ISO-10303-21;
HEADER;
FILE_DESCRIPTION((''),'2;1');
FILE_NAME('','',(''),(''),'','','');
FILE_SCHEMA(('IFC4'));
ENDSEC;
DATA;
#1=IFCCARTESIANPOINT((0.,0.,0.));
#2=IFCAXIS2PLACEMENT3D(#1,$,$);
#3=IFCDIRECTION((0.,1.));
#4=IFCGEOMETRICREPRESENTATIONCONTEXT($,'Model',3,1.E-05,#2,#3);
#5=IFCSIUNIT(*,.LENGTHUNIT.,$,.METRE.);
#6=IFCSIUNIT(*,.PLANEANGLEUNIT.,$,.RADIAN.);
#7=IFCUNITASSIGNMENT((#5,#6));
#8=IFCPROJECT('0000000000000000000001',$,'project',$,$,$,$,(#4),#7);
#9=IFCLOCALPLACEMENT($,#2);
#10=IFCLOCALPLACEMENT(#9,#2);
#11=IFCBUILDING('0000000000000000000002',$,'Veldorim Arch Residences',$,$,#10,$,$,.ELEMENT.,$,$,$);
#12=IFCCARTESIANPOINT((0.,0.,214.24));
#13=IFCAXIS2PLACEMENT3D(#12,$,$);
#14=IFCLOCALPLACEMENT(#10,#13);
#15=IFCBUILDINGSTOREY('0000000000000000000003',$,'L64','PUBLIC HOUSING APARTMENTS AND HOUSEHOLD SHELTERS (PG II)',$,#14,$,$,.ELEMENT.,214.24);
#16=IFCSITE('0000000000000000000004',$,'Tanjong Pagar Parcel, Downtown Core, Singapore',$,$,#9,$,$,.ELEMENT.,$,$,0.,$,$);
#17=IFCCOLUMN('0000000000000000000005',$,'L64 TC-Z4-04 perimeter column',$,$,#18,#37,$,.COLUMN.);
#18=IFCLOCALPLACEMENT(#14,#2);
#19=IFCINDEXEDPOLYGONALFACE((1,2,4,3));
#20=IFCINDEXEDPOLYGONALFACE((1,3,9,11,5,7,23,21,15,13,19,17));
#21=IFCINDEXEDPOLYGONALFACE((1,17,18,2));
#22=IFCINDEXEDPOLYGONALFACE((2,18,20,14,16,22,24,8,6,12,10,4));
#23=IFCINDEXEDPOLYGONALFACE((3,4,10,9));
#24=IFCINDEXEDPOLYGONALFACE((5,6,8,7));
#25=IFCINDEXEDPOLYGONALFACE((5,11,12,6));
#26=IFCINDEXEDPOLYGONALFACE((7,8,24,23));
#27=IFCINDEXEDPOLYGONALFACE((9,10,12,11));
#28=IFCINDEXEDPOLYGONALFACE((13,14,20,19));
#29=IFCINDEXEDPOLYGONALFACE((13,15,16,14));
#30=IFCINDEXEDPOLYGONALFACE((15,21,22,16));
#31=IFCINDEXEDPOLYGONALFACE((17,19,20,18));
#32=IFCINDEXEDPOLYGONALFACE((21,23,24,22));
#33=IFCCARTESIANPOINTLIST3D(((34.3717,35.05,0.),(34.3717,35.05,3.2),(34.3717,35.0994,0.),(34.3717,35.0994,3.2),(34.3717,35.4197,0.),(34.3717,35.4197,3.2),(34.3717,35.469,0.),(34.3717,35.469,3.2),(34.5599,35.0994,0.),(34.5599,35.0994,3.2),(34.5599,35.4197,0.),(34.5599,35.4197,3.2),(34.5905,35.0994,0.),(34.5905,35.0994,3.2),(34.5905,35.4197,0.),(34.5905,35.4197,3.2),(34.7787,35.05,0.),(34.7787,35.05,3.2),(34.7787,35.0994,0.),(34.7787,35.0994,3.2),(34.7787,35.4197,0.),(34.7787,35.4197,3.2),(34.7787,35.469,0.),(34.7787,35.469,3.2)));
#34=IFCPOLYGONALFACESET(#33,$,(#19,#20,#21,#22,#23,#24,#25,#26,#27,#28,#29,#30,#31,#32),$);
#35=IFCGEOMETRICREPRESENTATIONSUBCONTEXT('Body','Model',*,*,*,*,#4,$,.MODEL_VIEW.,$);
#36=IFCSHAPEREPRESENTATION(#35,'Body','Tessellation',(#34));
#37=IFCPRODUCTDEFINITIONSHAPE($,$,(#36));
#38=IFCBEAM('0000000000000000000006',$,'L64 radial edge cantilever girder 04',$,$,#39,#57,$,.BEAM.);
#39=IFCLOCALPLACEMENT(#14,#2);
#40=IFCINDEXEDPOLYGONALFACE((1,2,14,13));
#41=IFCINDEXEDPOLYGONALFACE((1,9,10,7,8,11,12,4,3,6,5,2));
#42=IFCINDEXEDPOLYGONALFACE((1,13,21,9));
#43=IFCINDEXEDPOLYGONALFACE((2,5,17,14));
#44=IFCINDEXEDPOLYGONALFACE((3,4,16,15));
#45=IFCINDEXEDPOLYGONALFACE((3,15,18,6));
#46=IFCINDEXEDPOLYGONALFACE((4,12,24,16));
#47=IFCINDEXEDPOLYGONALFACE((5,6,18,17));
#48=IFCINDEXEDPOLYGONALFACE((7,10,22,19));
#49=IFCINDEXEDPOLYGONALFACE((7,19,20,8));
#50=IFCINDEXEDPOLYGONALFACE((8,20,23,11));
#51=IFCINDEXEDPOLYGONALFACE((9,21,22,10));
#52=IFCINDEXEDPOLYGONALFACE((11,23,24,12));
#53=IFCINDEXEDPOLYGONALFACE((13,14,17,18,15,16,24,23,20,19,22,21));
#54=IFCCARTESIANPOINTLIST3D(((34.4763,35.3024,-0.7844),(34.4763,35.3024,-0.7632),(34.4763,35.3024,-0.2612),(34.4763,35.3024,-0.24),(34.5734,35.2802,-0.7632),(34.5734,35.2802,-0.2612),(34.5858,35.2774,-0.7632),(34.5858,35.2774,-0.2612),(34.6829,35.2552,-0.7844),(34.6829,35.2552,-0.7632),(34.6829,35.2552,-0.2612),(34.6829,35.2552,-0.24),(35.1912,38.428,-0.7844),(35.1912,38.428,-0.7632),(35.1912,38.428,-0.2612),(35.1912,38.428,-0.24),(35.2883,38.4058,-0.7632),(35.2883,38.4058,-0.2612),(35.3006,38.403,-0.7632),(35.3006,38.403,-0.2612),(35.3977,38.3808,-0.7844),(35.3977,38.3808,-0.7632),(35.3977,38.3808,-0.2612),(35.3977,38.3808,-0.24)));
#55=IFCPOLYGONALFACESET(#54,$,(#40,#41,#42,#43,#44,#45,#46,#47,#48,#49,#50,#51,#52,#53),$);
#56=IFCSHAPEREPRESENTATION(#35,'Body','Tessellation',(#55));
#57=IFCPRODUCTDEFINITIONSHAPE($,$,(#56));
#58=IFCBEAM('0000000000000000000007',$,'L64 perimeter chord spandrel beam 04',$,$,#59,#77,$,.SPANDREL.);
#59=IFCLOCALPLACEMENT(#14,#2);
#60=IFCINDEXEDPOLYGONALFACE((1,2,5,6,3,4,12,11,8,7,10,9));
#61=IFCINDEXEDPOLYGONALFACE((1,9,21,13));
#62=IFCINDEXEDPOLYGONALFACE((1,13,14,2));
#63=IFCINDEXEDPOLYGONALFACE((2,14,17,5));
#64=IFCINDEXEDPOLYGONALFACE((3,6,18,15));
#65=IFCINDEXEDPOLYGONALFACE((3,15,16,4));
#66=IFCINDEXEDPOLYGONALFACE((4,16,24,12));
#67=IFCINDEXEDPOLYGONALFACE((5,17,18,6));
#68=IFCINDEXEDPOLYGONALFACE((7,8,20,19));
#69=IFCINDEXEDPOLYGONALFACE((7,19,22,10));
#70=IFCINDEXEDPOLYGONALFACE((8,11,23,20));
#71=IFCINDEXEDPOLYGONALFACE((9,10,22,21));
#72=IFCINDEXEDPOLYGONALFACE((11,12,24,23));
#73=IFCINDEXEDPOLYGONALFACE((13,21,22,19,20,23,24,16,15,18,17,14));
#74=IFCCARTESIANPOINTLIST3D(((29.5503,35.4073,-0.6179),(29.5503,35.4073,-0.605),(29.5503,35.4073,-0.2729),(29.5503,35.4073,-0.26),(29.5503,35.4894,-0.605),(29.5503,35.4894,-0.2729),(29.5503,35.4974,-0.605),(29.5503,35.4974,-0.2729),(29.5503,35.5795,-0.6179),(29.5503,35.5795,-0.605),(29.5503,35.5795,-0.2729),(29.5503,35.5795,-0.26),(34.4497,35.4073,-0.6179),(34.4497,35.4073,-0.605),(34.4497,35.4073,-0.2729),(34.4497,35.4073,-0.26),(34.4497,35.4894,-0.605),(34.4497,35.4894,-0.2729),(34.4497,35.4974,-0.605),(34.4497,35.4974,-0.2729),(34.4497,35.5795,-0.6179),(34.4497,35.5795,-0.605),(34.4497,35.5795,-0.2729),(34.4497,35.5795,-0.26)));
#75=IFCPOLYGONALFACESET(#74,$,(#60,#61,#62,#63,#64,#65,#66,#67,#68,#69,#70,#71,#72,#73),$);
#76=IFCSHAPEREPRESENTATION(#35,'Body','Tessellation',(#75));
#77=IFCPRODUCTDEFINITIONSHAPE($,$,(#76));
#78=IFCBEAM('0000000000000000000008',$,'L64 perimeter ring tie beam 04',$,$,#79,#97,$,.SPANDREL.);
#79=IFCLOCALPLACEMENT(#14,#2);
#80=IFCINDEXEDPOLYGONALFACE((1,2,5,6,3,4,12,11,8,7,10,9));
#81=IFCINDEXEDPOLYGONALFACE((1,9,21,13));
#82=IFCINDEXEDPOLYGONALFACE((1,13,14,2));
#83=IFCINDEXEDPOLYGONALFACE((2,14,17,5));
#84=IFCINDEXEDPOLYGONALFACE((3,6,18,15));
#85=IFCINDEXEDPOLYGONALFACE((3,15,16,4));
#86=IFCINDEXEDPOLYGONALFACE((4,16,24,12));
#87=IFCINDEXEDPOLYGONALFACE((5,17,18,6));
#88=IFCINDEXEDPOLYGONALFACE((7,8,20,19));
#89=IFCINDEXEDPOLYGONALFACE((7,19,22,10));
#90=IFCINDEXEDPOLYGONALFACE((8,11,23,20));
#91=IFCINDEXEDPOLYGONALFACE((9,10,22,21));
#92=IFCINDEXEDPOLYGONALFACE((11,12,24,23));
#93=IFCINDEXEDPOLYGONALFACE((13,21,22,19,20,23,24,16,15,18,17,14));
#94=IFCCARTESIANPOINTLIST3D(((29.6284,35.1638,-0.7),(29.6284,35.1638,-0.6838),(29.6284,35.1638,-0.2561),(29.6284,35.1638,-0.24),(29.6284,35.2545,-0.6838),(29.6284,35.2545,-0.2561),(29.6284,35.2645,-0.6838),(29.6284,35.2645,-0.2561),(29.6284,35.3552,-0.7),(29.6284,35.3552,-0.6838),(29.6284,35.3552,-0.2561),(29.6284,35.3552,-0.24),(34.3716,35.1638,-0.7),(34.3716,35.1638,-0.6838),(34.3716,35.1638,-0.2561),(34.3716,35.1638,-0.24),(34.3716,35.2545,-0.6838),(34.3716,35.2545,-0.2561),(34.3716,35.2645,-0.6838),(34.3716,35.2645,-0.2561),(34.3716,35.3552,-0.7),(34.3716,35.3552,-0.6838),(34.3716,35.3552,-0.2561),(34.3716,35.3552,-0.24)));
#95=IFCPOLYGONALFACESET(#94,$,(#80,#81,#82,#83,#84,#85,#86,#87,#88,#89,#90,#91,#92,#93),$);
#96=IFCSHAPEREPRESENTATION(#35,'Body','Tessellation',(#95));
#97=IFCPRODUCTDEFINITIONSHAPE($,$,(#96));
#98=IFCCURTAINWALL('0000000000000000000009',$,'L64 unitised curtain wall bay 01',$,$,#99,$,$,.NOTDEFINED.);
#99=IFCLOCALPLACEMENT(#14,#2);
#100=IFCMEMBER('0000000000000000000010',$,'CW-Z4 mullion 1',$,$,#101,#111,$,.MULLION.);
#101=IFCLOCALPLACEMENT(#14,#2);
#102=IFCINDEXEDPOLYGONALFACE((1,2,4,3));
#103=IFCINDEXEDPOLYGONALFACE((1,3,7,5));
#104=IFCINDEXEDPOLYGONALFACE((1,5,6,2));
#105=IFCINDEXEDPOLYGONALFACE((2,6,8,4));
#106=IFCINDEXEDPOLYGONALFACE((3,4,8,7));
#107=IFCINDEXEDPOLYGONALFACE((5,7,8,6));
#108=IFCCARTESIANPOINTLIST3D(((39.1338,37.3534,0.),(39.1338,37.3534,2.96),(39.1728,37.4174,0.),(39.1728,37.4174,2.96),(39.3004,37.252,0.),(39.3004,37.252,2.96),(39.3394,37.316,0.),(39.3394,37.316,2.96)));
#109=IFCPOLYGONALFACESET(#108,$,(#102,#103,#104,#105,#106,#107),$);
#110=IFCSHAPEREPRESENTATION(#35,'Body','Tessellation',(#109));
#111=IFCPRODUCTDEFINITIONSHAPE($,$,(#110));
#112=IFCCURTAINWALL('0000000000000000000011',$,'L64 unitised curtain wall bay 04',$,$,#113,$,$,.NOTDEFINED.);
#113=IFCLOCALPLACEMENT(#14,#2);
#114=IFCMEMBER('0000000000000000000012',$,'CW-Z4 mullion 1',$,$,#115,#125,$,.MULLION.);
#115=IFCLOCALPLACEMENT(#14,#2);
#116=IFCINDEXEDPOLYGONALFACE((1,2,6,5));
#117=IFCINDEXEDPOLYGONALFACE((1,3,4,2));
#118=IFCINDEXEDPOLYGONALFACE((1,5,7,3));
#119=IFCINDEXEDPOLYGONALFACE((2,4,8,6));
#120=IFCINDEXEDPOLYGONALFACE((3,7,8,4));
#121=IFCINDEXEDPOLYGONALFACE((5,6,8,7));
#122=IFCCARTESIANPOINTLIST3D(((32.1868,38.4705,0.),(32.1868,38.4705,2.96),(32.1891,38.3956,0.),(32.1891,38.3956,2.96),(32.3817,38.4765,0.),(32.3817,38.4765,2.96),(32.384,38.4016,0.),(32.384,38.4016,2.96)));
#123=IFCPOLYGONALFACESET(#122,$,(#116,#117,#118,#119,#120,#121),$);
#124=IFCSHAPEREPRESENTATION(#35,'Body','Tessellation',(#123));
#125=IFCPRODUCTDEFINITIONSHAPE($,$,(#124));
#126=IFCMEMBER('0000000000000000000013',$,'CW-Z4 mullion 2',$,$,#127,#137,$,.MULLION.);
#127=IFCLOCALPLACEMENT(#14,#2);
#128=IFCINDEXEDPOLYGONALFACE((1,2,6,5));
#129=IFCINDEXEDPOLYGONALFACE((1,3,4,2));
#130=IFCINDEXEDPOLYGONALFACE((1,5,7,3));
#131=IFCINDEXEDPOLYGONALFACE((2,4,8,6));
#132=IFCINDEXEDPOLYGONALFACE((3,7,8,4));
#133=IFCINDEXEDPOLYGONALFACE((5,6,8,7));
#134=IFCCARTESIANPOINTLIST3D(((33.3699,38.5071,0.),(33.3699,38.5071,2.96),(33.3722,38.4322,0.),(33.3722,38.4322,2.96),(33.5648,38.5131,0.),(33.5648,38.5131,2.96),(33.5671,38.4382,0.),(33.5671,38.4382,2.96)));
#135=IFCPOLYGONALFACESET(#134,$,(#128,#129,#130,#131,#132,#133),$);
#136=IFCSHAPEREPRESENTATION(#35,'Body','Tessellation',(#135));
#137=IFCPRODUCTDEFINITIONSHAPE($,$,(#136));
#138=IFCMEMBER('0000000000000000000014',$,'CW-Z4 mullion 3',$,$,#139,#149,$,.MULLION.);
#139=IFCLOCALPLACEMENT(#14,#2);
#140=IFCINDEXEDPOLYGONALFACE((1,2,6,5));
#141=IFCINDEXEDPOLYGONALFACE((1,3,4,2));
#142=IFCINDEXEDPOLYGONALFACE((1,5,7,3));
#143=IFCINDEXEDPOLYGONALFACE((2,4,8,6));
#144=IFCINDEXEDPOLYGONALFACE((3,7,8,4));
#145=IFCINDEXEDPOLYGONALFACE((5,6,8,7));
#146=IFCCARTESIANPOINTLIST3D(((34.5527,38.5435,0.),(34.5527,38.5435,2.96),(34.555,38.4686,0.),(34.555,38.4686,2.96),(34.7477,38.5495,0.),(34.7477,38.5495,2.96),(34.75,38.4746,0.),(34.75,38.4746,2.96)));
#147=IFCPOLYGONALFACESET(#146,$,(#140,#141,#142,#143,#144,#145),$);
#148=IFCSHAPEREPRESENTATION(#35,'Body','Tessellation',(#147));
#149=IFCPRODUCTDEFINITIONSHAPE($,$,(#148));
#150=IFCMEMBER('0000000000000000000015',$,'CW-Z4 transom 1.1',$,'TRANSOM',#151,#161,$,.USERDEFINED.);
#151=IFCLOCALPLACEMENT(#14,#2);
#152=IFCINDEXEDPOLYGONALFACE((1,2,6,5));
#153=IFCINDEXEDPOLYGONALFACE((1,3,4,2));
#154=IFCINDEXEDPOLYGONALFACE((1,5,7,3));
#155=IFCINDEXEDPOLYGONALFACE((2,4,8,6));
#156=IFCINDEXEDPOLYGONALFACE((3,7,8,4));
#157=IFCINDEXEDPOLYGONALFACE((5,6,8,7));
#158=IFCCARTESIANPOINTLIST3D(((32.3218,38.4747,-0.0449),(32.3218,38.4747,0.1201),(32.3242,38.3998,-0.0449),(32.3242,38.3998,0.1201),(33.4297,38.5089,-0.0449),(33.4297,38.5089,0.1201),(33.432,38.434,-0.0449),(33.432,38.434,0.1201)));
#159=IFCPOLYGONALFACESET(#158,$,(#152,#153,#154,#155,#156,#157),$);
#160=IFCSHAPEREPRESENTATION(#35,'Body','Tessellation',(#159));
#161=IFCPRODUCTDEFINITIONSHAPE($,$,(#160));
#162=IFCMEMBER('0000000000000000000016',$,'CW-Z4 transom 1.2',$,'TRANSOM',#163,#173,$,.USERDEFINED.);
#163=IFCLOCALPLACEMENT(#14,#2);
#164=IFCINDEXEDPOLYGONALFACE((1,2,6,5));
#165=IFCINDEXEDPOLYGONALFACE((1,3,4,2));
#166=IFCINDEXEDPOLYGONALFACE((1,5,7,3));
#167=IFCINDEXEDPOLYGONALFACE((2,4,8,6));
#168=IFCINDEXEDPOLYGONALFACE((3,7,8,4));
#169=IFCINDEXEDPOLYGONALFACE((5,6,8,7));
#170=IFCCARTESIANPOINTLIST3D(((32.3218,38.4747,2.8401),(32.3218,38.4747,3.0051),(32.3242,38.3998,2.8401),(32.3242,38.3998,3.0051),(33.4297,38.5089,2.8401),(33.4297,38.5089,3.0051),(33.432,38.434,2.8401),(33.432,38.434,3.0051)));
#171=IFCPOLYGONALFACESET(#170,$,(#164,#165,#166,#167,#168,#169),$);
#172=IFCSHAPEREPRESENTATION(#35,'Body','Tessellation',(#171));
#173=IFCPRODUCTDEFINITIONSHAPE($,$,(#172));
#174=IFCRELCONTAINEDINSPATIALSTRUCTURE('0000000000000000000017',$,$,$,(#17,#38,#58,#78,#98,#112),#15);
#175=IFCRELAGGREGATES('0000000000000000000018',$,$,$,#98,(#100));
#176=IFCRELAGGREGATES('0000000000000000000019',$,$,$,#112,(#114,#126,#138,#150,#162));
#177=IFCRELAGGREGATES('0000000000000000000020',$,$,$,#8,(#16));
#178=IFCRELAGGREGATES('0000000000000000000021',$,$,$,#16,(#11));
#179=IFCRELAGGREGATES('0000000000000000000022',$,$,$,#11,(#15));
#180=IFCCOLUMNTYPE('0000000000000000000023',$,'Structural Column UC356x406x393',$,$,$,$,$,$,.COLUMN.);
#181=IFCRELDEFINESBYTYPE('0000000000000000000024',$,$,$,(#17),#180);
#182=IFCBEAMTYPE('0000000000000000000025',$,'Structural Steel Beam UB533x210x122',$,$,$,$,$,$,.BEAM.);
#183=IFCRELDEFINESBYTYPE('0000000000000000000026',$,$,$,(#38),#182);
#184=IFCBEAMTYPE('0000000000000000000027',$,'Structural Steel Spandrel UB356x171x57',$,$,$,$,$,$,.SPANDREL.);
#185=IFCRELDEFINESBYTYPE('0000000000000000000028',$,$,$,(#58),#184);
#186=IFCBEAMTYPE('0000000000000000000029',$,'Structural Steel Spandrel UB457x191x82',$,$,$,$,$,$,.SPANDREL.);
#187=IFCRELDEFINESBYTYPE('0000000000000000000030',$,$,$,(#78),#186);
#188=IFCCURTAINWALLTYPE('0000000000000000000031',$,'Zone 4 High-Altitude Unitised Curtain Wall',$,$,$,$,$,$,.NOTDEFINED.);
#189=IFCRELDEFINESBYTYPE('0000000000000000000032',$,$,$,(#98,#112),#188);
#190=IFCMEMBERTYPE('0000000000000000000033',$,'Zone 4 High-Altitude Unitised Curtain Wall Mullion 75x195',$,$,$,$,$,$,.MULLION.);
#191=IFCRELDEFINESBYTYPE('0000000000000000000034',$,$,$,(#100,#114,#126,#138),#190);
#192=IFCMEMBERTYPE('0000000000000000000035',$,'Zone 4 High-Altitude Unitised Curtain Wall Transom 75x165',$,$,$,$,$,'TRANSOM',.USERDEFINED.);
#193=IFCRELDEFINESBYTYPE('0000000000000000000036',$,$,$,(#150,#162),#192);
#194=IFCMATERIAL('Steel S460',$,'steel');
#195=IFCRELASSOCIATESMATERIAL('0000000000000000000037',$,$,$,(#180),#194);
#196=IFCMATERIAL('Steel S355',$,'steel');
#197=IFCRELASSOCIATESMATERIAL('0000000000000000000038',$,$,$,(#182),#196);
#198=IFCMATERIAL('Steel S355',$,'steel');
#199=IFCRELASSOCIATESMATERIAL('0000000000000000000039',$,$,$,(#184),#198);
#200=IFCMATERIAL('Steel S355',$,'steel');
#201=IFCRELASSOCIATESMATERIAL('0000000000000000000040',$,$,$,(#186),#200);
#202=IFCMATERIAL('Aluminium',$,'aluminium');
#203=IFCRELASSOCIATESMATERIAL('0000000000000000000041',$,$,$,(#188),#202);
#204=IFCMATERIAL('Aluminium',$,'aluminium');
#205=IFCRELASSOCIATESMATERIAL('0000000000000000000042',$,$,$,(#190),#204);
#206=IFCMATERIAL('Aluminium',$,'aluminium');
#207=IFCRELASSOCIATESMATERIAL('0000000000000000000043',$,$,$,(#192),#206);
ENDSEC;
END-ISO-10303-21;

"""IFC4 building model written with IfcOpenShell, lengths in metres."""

from ifc_helpers import new_model, si_unit, direction, frame, origin, origin_2d, place, context, subcontext, project, spatial, rectangle, i_section, extrude, material, material_profile, profile_set, type_object, element, aggregate, save


model = new_model("IFC4")

# Units and contexts
model_context = context("Model", 3, precision=1e-05, world=origin(), true_north=direction((0.0, 1.0)))
body_context = subcontext(model_context, "Body", "Model", "MODEL_VIEW")
ifc_project = project(units=[si_unit("LENGTHUNIT", "METRE"), si_unit("PLANEANGLEUNIT", "RADIAN")], contexts=[model_context])

# Site, building, storey
site_placement = place(None, origin())
site = spatial("IfcSite", under=ifc_project, at=site_placement, Name="Tanjong Pagar Parcel, Downtown Core, Singapore", CompositionType="ELEMENT", RefElevation=0.0)
building_placement = place(site_placement, origin())
building = spatial("IfcBuilding", under=site, at=building_placement, Name="Veldorim Arch Residences", CompositionType="ELEMENT")
storey_placement = place(building_placement, frame((0.0, 0.0, 214.24)))
storey = spatial("IfcBuildingStorey", under=building, at=storey_placement, Name="L64", Description="PUBLIC HOUSING APARTMENTS AND HOUSEHOLD SHELTERS (PG II)", CompositionType="ELEMENT", Elevation=214.24)

# Column
ifc_material_1 = material(Name="Steel S460", Category="steel")
ifc_material_profile_1 = material_profile(ifc_material_1, i_section(OverallWidth=0.407, OverallDepth=0.4189, WebThickness=0.0305, FlangeThickness=0.0493, at=origin_2d()), Name="UC356x406x393")
ifc_profile_set_1 = profile_set([ifc_material_profile_1], Name="Steel S460")
column_type = type_object("IfcColumnType", Name="Structural Column UC356x406x393", PredefinedType="COLUMN", material=ifc_profile_set_1)
column_placement = place(storey_placement, frame((34.5752, 35.2595, 0.0), z_axis=(0.0, 0.0, 1.0), x_axis=(1.0, 0.0, 0.0)))
element("IfcColumn", 1, at=column_placement, inside=storey, type_object=column_type, Name="L64 TC-Z4-04 perimeter column", PredefinedType="COLUMN", context=body_context, shape_type="SweptSolid", body=[
    extrude(i_section(OverallWidth=0.407, OverallDepth=0.4189, WebThickness=0.0305, FlangeThickness=0.0493, at=origin_2d()), origin(), (0.0, 0.0, 1.0), 3.2),
])

# Beams
ifc_material_2 = material(Name="Steel S355", Category="steel")
ifc_material_profile_2 = material_profile(ifc_material_2, i_section(OverallWidth=0.2119, OverallDepth=0.5444, WebThickness=0.0127, FlangeThickness=0.0212, at=origin_2d()), Name="UB533x210x122")
ifc_profile_set_2 = profile_set([ifc_material_profile_2], Name="Steel S355")
beam_type_1 = type_object("IfcBeamType", Name="Structural Steel Beam UB533x210x122", PredefinedType="BEAM", material=ifc_profile_set_2)
beam_1_placement = place(storey_placement, frame((34.5796, 35.2788, -0.5122), z_axis=(0.222957, 0.974828, 0.0), x_axis=(-0.974828, 0.222957, 0.0)))
element("IfcBeam", 2, at=beam_1_placement, inside=storey, type_object=beam_type_1, Name="L64 radial edge cantilever girder 04", PredefinedType="BEAM", context=body_context, shape_type="SweptSolid", body=[
    extrude(i_section(OverallWidth=0.2119, OverallDepth=0.5444, WebThickness=0.0127, FlangeThickness=0.0212, at=origin_2d()), origin(), (0.0, 0.0, 1.0), 3.2063),
])
ifc_material_3 = material(Name="Steel S355", Category="steel")
ifc_material_profile_3 = material_profile(ifc_material_3, i_section(OverallWidth=0.1721, OverallDepth=0.3579, WebThickness=0.0081, FlangeThickness=0.0129, at=origin_2d()), Name="UB356x171x57")
ifc_profile_set_3 = profile_set([ifc_material_profile_3], Name="Steel S355")
beam_type_2 = type_object("IfcBeamType", Name="Structural Steel Spandrel UB356x171x57", PredefinedType="SPANDREL", material=ifc_profile_set_3)
beam_2_placement = place(storey_placement, frame((34.4497, 35.4934, -0.439), z_axis=(-1.0, 0.0, 0.0), x_axis=(0.0, -1.0, 0.0)))
element("IfcBeam", 3, at=beam_2_placement, inside=storey, type_object=beam_type_2, Name="L64 perimeter chord spandrel beam 04", PredefinedType="SPANDREL", context=body_context, shape_type="SweptSolid", body=[
    extrude(i_section(OverallWidth=0.1721, OverallDepth=0.3579, WebThickness=0.0081, FlangeThickness=0.0129, at=origin_2d()), origin(), (0.0, 0.0, 1.0), 4.8994),
])
ifc_material_4 = material(Name="Steel S355", Category="steel")
ifc_material_profile_4 = material_profile(ifc_material_4, i_section(OverallWidth=0.1914, OverallDepth=0.46, WebThickness=0.01, FlangeThickness=0.0161, at=origin_2d()), Name="UB457x191x82")
ifc_profile_set_4 = profile_set([ifc_material_profile_4], Name="Steel S355")
beam_type_3 = type_object("IfcBeamType", Name="Structural Steel Spandrel UB457x191x82", PredefinedType="SPANDREL", material=ifc_profile_set_4)
beam_3_placement = place(storey_placement, frame((34.3716, 35.2595, -0.47), z_axis=(-1.0, 0.0, 0.0), x_axis=(0.0, -1.0, 0.0)))
element("IfcBeam", 4, at=beam_3_placement, inside=storey, type_object=beam_type_3, Name="L64 perimeter ring tie beam 04", PredefinedType="SPANDREL", context=body_context, shape_type="SweptSolid", body=[
    extrude(i_section(OverallWidth=0.1914, OverallDepth=0.46, WebThickness=0.01, FlangeThickness=0.0161, at=origin_2d()), origin(), (0.0, 0.0, 1.0), 4.7432),
])

# Curtain wall, member
ifc_material_5 = material(Name="Aluminium", Category="aluminium")
curtain_wall_type = type_object("IfcCurtainWallType", Name="Zone 4 High-Altitude Unitised Curtain Wall", PredefinedType="NOTDEFINED", material=ifc_material_5)
curtain_wall_1_placement = place(storey_placement, origin())
curtain_wall_1 = element("IfcCurtainWall", 5, at=curtain_wall_1_placement, inside=storey, type_object=curtain_wall_type, Name="L64 unitised curtain wall bay 01", PredefinedType="NOTDEFINED")
ifc_material_6 = material(Name="Aluminium", Category="aluminium")
ifc_material_profile_5 = material_profile(ifc_material_6, rectangle(XDim=0.075, YDim=0.1951, at=origin_2d()), Name="ALU_MUL_75x195")
ifc_profile_set_5 = profile_set([ifc_material_profile_5], Name="Aluminium")
member_type_1 = type_object("IfcMemberType", Name="Zone 4 High-Altitude Unitised Curtain Wall Mullion 75x195", PredefinedType="MULLION", material=ifc_profile_set_5)
member_1_placement = place(storey_placement, frame((39.2366, 37.3347, 0.0), z_axis=(0.0, 0.0, 1.0), x_axis=(0.520033, 0.854146, 0.0)))
member_1 = element("IfcMember", 6, at=member_1_placement, type_object=member_type_1, Name="CW-Z4 mullion 1", PredefinedType="MULLION", context=body_context, shape_type="SweptSolid", body=[
    extrude(rectangle(XDim=0.075, YDim=0.1951, at=origin_2d()), origin(), (0.0, 0.0, 1.0), 2.96),
])
aggregate(curtain_wall_1, [member_1])

# Curtain wall, members
curtain_wall_2_placement = place(storey_placement, origin())
curtain_wall_2 = element("IfcCurtainWall", 7, at=curtain_wall_2_placement, inside=storey, type_object=curtain_wall_type, Name="L64 unitised curtain wall bay 04", PredefinedType="NOTDEFINED")
member_2_placement = place(storey_placement, frame((32.2854, 38.436, 0.0), z_axis=(0.0, 0.0, 1.0), x_axis=(-0.030835, 0.999525, 0.0)))
member_2 = element("IfcMember", 8, at=member_2_placement, type_object=member_type_1, Name="CW-Z4 mullion 1", PredefinedType="MULLION", context=body_context, shape_type="SweptSolid", body=[
    extrude(rectangle(XDim=0.075, YDim=0.1951, at=origin_2d()), origin(), (0.0, 0.0, 1.0), 2.96),
])
member_3_placement = place(storey_placement, frame((33.4685, 38.4727, 0.0), z_axis=(0.0, 0.0, 1.0), x_axis=(-0.030835, 0.999525, 0.0)))
member_3 = element("IfcMember", 9, at=member_3_placement, type_object=member_type_1, Name="CW-Z4 mullion 2", PredefinedType="MULLION", context=body_context, shape_type="SweptSolid", body=[
    extrude(rectangle(XDim=0.075, YDim=0.1951, at=origin_2d()), origin(), (0.0, 0.0, 1.0), 2.96),
])
member_4_placement = place(storey_placement, frame((34.6514, 38.509, 0.0), z_axis=(0.0, 0.0, 1.0), x_axis=(-0.030835, 0.999525, 0.0)))
member_4 = element("IfcMember", 10, at=member_4_placement, type_object=member_type_1, Name="CW-Z4 mullion 3", PredefinedType="MULLION", context=body_context, shape_type="SweptSolid", body=[
    extrude(rectangle(XDim=0.075, YDim=0.1951, at=origin_2d()), origin(), (0.0, 0.0, 1.0), 2.96),
])
ifc_material_7 = material(Name="Aluminium", Category="aluminium")
ifc_material_profile_6 = material_profile(ifc_material_7, rectangle(XDim=0.075, YDim=0.165, at=origin_2d()), Name="ALU_TRN_75x165")
ifc_profile_set_6 = profile_set([ifc_material_profile_6], Name="Aluminium")
member_type_2 = type_object("IfcMemberType", Name="Zone 4 High-Altitude Unitised Curtain Wall Transom 75x165", ElementType="TRANSOM", PredefinedType="USERDEFINED", material=ifc_profile_set_6)
member_5_placement = place(storey_placement, frame((32.323, 38.4373, 0.0376), z_axis=(0.999524, 0.030836, 0.0), x_axis=(-0.030836, 0.999524, 0.0)))
member_5 = element("IfcMember", 11, at=member_5_placement, type_object=member_type_2, Name="CW-Z4 transom 1.1", ObjectType="TRANSOM", PredefinedType="USERDEFINED", context=body_context, shape_type="SweptSolid", body=[
    extrude(rectangle(XDim=0.075, YDim=0.165, at=origin_2d()), origin(), (0.0, 0.0, 1.0), 1.1084),
])
member_6_placement = place(storey_placement, frame((32.323, 38.4373, 2.9226), z_axis=(0.999524, 0.030836, 0.0), x_axis=(-0.030836, 0.999524, 0.0)))
member_6 = element("IfcMember", 12, at=member_6_placement, type_object=member_type_2, Name="CW-Z4 transom 1.2", ObjectType="TRANSOM", PredefinedType="USERDEFINED", context=body_context, shape_type="SweptSolid", body=[
    extrude(rectangle(XDim=0.075, YDim=0.165, at=origin_2d()), origin(), (0.0, 0.0, 1.0), 1.1084),
])
aggregate(curtain_wall_2, [member_2, member_3, member_4, member_5, member_6])

save(model, "model.ifc")
